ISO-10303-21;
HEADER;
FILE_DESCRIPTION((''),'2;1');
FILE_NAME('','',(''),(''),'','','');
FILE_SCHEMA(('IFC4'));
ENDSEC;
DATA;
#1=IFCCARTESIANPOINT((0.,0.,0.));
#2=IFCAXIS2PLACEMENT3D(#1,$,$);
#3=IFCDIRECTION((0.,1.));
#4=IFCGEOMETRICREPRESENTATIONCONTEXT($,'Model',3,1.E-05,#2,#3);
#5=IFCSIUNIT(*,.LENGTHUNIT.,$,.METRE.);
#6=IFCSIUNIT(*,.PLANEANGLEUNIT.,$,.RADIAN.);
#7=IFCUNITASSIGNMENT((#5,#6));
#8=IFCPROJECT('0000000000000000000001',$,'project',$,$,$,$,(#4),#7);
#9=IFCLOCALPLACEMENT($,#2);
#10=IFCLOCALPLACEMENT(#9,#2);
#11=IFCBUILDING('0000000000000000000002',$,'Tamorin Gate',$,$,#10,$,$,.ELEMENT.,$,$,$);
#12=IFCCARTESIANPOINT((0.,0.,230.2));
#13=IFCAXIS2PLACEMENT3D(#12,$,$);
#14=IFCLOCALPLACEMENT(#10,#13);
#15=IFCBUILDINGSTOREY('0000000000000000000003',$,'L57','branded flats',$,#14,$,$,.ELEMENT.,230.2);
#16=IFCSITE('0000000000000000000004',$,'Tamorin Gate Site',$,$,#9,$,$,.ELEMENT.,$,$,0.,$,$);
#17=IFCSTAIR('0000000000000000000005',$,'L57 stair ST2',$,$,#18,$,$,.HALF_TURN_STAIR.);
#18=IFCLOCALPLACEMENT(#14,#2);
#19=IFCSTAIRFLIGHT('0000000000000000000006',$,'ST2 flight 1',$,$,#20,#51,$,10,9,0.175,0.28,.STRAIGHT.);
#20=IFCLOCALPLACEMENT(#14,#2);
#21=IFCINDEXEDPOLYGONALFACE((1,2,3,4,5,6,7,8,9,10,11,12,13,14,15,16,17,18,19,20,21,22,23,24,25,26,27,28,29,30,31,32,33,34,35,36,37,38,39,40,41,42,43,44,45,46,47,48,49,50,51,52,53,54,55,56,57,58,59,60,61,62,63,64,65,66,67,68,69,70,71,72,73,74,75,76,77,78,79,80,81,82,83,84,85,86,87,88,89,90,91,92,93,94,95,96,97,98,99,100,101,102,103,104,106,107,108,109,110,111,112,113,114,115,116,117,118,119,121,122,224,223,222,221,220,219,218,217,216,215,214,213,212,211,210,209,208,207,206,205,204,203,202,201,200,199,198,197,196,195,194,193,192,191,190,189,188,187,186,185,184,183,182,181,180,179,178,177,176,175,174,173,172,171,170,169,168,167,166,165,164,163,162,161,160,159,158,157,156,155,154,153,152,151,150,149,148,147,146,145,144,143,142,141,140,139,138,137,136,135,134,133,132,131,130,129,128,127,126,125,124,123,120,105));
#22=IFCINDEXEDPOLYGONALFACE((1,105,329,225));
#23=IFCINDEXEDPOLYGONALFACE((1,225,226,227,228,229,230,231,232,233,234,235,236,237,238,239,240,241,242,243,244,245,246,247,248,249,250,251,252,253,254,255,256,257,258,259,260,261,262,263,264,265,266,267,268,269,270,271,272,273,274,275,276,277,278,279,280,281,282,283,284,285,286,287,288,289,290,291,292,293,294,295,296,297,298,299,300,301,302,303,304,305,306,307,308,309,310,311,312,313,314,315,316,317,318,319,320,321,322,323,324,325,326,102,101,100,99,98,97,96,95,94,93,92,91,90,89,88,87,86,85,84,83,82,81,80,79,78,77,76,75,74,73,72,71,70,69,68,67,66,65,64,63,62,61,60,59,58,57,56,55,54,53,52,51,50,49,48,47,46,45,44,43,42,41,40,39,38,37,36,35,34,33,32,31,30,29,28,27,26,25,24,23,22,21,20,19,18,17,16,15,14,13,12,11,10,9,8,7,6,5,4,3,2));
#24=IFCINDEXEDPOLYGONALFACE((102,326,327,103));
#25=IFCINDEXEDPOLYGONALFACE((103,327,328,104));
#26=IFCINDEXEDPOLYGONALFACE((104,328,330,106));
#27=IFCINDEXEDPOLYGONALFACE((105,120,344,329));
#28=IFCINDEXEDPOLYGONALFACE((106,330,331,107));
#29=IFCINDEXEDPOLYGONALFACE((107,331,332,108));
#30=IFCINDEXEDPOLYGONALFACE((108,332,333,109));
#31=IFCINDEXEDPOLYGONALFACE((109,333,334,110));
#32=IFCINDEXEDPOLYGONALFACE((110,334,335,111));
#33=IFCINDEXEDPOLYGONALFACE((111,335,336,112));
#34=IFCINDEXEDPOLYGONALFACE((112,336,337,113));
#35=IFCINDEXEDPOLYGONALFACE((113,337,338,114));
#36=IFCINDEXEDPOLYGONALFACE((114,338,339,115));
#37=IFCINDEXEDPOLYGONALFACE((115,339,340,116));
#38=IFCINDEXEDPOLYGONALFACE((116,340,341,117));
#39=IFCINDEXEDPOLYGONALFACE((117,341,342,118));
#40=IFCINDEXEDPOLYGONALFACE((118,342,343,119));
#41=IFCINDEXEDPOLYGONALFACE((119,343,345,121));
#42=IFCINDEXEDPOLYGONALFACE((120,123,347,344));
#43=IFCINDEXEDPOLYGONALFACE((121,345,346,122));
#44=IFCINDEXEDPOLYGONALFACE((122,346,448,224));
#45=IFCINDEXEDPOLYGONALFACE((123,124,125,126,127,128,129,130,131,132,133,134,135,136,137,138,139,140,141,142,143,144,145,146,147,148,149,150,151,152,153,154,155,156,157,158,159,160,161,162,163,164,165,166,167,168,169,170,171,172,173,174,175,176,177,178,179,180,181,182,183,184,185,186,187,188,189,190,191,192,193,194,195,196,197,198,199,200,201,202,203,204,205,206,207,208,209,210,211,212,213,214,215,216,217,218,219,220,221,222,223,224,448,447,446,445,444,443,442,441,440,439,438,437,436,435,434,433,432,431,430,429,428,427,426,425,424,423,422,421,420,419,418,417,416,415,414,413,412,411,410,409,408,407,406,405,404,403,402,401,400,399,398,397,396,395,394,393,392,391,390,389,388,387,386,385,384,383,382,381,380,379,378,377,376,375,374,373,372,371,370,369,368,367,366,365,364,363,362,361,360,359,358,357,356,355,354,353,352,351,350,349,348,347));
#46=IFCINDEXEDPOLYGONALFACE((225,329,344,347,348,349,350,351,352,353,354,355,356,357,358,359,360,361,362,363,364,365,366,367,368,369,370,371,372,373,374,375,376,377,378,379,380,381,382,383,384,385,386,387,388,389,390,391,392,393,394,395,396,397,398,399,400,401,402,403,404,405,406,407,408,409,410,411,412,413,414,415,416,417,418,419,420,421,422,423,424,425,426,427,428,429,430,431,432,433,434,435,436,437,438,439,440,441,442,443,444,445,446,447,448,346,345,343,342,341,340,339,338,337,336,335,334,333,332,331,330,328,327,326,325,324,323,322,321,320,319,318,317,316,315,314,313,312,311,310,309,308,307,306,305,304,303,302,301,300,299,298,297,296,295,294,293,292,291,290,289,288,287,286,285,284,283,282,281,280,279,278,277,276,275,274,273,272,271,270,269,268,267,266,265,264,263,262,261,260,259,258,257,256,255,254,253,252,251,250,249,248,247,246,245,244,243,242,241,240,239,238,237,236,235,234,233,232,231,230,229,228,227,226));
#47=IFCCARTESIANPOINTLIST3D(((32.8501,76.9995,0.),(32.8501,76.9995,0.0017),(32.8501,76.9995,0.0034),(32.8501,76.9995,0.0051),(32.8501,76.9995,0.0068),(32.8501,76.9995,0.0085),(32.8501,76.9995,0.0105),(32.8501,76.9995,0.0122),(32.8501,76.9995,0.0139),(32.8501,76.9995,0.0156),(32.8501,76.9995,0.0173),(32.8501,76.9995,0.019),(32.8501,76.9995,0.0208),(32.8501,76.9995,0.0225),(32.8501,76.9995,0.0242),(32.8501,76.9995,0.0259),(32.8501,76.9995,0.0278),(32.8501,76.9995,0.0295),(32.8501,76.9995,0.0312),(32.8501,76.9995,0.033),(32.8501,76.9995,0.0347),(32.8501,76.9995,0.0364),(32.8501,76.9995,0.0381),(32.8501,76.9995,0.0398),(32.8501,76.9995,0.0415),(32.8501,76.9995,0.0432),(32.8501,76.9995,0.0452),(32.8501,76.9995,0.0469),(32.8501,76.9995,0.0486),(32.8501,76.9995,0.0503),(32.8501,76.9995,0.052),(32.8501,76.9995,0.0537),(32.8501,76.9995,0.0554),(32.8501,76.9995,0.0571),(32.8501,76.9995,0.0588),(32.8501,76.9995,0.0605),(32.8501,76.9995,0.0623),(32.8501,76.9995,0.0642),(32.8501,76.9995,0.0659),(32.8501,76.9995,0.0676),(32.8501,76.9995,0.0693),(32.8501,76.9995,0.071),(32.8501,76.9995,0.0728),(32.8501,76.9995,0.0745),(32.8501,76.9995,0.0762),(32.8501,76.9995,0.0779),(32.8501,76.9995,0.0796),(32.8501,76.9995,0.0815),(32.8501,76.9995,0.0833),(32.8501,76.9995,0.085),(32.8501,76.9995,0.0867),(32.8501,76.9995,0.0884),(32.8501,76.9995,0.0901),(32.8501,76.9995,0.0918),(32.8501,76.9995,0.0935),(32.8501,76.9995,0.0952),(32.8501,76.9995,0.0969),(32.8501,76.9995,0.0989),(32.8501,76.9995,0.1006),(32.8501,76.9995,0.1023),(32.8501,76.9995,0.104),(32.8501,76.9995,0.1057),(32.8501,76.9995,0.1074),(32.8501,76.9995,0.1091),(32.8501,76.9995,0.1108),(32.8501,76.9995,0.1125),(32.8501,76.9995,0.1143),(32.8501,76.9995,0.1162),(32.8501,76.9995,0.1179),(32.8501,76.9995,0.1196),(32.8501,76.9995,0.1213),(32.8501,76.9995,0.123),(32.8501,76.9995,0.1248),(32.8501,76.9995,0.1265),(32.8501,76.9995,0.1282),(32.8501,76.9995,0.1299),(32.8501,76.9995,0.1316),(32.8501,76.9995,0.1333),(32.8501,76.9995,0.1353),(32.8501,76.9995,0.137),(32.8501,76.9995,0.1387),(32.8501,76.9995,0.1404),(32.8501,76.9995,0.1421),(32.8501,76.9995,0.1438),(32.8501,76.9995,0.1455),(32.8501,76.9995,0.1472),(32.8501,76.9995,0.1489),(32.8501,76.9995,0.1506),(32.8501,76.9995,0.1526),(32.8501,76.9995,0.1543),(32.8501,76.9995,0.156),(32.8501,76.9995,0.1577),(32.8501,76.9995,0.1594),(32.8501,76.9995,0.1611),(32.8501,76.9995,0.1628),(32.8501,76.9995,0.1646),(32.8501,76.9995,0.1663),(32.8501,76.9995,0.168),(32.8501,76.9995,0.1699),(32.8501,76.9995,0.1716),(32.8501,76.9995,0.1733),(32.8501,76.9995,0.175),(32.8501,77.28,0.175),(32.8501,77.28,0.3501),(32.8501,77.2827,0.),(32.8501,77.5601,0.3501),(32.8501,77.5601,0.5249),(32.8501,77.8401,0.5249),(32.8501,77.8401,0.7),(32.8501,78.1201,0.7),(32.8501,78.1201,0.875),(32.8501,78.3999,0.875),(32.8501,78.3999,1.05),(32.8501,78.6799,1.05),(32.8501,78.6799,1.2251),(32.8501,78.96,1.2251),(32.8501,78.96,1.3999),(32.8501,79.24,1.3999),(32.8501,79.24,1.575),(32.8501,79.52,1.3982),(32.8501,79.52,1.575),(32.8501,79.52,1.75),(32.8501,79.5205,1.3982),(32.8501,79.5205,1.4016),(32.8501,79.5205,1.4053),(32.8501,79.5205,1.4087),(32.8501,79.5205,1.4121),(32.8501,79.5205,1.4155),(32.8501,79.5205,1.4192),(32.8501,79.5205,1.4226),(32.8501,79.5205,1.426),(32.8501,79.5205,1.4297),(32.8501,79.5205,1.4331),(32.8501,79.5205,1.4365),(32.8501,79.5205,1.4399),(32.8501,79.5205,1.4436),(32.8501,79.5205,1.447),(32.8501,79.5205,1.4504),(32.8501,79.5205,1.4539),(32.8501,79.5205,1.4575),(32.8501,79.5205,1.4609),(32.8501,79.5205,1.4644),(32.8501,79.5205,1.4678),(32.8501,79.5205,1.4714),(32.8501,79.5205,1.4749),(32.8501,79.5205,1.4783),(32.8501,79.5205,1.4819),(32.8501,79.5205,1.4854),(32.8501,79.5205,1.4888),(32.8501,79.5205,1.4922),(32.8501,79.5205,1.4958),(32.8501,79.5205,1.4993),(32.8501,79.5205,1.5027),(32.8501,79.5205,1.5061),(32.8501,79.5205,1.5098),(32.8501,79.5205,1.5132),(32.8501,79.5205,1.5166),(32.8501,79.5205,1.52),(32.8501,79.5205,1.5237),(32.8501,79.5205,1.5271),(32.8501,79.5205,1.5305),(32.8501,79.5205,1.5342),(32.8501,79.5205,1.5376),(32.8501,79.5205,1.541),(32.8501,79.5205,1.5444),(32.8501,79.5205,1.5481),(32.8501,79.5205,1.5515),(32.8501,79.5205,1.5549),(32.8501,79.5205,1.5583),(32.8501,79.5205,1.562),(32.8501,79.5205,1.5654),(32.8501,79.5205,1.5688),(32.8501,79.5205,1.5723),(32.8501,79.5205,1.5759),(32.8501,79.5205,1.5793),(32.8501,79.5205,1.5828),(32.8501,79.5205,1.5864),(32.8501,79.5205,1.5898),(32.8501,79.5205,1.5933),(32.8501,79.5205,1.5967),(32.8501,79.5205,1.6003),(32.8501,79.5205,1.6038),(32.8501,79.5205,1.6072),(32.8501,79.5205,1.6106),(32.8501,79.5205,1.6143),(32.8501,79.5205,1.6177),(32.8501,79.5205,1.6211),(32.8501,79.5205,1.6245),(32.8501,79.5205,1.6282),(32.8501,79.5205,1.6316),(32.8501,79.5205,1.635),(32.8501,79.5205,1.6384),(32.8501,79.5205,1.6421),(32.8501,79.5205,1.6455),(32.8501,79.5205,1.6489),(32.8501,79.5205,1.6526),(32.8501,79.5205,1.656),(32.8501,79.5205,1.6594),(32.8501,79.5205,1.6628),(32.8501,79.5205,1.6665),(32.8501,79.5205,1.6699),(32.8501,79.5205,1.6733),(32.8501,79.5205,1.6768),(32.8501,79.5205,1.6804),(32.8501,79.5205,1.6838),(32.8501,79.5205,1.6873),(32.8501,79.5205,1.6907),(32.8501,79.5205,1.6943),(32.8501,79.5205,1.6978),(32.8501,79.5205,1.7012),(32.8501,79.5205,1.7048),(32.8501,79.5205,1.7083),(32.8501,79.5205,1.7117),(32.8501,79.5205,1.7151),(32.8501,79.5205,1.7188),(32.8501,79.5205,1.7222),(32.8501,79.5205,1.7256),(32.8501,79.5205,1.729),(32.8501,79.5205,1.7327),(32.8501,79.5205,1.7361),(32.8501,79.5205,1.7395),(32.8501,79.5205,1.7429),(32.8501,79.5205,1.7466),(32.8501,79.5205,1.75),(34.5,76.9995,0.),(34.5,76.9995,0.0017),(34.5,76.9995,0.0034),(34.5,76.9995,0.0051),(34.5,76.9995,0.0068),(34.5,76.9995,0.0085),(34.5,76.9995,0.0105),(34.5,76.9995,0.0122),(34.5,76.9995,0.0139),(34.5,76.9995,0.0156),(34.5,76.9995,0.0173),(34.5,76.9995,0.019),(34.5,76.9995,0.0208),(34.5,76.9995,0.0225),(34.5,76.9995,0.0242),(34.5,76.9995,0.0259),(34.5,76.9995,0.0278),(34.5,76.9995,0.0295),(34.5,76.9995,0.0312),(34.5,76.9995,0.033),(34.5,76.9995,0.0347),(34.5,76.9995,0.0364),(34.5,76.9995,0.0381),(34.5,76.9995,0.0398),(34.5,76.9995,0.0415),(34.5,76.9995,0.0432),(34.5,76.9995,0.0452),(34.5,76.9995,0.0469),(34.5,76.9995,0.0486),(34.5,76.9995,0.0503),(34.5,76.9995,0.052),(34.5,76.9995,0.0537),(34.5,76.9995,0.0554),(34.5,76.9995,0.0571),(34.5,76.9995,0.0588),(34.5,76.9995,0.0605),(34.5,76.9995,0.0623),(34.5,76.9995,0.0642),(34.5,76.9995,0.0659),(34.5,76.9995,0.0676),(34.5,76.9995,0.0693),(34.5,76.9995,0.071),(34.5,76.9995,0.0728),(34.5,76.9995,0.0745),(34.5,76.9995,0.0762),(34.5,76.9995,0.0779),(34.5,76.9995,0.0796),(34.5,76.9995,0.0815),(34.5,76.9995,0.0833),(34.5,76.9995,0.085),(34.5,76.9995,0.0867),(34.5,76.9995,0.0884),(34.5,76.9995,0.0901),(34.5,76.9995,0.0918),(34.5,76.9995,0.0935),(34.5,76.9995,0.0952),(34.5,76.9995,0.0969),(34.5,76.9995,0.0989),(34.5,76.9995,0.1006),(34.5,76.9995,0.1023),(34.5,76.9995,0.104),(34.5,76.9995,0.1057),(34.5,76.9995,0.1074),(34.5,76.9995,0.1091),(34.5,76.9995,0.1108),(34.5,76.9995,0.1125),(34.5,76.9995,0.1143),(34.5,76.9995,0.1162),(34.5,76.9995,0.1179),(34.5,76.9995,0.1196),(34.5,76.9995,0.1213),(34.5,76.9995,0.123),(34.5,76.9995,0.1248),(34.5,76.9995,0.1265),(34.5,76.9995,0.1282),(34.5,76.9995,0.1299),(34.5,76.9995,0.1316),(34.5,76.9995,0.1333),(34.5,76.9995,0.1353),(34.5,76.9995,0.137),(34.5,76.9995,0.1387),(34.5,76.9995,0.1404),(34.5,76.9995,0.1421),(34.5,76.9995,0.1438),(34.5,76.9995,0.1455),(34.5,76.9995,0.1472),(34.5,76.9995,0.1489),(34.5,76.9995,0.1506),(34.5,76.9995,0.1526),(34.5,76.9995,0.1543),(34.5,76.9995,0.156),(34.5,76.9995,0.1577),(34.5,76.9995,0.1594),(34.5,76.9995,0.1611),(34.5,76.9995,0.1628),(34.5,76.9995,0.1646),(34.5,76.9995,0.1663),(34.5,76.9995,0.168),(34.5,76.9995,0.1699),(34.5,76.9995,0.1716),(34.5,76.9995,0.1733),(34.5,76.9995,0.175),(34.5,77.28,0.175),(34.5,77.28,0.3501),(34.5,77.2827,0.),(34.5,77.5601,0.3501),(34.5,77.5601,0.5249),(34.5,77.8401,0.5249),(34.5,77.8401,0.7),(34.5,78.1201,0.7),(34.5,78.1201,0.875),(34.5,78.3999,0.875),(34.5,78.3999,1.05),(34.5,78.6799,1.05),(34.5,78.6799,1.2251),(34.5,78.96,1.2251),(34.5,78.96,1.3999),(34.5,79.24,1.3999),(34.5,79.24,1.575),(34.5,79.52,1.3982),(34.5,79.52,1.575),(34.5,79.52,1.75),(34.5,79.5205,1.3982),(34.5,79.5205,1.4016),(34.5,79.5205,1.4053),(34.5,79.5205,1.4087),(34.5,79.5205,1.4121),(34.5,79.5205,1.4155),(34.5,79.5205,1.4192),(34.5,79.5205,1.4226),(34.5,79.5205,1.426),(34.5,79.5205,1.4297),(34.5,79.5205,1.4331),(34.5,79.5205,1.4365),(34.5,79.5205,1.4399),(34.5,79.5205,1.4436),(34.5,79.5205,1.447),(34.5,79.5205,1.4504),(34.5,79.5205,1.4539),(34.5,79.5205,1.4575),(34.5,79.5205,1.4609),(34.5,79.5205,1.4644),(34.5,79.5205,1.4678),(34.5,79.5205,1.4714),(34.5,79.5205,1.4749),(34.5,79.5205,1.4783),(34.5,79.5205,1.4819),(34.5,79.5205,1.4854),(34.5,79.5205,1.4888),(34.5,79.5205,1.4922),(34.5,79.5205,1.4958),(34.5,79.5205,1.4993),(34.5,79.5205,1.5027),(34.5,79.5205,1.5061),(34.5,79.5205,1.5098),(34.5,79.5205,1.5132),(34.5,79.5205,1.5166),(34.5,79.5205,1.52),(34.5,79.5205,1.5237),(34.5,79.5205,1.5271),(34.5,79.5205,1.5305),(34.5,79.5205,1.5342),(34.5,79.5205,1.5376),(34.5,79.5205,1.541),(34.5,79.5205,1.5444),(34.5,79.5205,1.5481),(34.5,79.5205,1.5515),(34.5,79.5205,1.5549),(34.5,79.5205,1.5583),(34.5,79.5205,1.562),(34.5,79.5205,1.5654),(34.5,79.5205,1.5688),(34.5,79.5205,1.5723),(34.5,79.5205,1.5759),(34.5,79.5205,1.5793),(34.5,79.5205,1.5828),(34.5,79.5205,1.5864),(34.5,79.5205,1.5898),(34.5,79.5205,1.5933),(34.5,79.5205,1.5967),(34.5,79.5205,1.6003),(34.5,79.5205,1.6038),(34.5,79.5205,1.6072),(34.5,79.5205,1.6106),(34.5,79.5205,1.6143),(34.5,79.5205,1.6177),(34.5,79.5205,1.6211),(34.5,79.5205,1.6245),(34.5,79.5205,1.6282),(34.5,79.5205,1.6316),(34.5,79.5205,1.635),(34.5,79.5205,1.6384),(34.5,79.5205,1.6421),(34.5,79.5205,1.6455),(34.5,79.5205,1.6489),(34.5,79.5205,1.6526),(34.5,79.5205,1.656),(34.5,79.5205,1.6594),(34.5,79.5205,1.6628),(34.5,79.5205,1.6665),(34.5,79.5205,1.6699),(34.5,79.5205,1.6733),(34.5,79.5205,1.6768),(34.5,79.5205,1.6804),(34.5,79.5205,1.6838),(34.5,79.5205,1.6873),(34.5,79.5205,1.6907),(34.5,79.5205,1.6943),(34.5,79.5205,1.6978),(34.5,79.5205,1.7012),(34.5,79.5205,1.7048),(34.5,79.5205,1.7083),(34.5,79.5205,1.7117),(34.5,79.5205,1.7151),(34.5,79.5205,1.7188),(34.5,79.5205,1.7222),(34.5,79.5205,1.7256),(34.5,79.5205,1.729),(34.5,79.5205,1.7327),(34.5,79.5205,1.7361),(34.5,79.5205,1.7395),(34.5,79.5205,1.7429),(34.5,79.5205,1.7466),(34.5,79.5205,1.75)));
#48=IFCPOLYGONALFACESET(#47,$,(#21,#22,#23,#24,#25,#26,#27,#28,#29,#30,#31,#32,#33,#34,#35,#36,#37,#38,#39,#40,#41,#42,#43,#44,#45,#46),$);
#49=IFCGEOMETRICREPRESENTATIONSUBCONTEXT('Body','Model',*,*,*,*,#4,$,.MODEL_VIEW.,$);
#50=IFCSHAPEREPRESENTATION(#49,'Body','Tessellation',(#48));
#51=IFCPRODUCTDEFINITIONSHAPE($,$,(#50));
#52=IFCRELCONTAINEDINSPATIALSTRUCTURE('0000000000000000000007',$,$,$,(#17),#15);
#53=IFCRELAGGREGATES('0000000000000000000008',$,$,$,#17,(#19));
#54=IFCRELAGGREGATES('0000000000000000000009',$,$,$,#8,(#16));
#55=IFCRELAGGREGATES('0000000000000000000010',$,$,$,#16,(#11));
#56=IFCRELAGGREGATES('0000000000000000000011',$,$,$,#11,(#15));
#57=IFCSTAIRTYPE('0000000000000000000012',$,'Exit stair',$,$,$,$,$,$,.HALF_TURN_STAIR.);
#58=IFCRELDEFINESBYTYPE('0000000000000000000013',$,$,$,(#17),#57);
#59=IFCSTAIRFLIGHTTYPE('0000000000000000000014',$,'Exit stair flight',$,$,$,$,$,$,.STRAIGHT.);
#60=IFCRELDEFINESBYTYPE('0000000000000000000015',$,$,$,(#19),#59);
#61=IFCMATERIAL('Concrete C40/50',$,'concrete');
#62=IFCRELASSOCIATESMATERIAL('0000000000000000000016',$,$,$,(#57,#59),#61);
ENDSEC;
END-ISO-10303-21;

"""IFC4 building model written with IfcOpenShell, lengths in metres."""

from ifc_helpers import new_model, si_unit, direction, frame, origin, place, context, subcontext, project, spatial, polyline, outline, extrude, material, type_object, element, aggregate, save


model = new_model("IFC4")

# Units and contexts
model_context = context("Model", 3, precision=1e-05, world=origin(), true_north=direction((0.0, 1.0)))
body_context = subcontext(model_context, "Body", "Model", "MODEL_VIEW")
ifc_project = project(units=[si_unit("LENGTHUNIT", "METRE"), si_unit("PLANEANGLEUNIT", "RADIAN")], contexts=[model_context])

# Site, building, storey
site_placement = place(None, origin())
site = spatial("IfcSite", under=ifc_project, at=site_placement, Name="Tamorin Gate Site", CompositionType="ELEMENT", RefElevation=0.0)
building_placement = place(site_placement, origin())
building = spatial("IfcBuilding", under=site, at=building_placement, Name="Tamorin Gate", CompositionType="ELEMENT")
storey_placement = place(building_placement, frame((0.0, 0.0, 230.2)))
storey = spatial("IfcBuildingStorey", under=building, at=storey_placement, Name="L57", Description="branded flats", CompositionType="ELEMENT", Elevation=230.2)

# Shared definitions
ifc_material_1 = material(Name="Concrete C40/50", Category="concrete")

# Shared definitions
stair_type = type_object("IfcStairType", Name="Exit stair", PredefinedType="HALF_TURN_STAIR", material=ifc_material_1)
stair_flight_type = type_object("IfcStairFlightType", Name="Exit stair flight", PredefinedType="STRAIGHT", material=ifc_material_1)

# Stair, stair flight
stair_1_placement = place(storey_placement, origin())
stair_1 = element("IfcStair", 1, at=stair_1_placement, inside=storey, type_object=stair_type, Name="L57 stair ST2", PredefinedType="HALF_TURN_STAIR")
stair_flight_1_placement = place(storey_placement, frame((33.675, 77.0, 0.0), z_axis=(0.0, 0.0, 1.0), x_axis=(0.0, 1.0, 0.0)))
stair_flight_1 = element("IfcStairFlight", 2, at=stair_flight_1_placement, type_object=stair_flight_type, Name="ST2 flight 1", NumberOfRisers=10, NumberOfTreads=9, PredefinedType="STRAIGHT", RiserHeight=0.175, TreadLength=0.28, context=body_context, shape_type="SweptSolid", body=[
    extrude(outline(polyline([(-0.0005, 0.0), (-0.0005, 0.0017), (-0.0005, 0.0034), (-0.0005, 0.0051), (-0.0005, 0.0068), (-0.0005, 0.0085), (-0.0005, 0.0105), (-0.0005, 0.0122), (-0.0005, 0.0139), (-0.0005, 0.0156), (-0.0005, 0.0173), (-0.0005, 0.019), (-0.0005, 0.0208), (-0.0005, 0.0225), (-0.0005, 0.0242), (-0.0005, 0.0259), (-0.0005, 0.0278), (-0.0005, 0.0295), (-0.0005, 0.0312), (-0.0005, 0.033), (-0.0005, 0.0347), (-0.0005, 0.0364), (-0.0005, 0.0381), (-0.0005, 0.0398), (-0.0005, 0.0415), (-0.0005, 0.0432), (-0.0005, 0.0452), (-0.0005, 0.0469), (-0.0005, 0.0486), (-0.0005, 0.0503), (-0.0005, 0.052), (-0.0005, 0.0537), (-0.0005, 0.0554), (-0.0005, 0.0571), (-0.0005, 0.0588), (-0.0005, 0.0605), (-0.0005, 0.0623), (-0.0005, 0.0642), (-0.0005, 0.0659), (-0.0005, 0.0676), (-0.0005, 0.0693), (-0.0005, 0.071), (-0.0005, 0.0728), (-0.0005, 0.0745), (-0.0005, 0.0762), (-0.0005, 0.0779), (-0.0005, 0.0796), (-0.0005, 0.0815), (-0.0005, 0.0833), (-0.0005, 0.085), (-0.0005, 0.0867), (-0.0005, 0.0884), (-0.0005, 0.0901), (-0.0005, 0.0918), (-0.0005, 0.0935), (-0.0005, 0.0952), (-0.0005, 0.0969), (-0.0005, 0.0989), (-0.0005, 0.1006), (-0.0005, 0.1023), (-0.0005, 0.104), (-0.0005, 0.1057), (-0.0005, 0.1074), (-0.0005, 0.1091), (-0.0005, 0.1108), (-0.0005, 0.1125), (-0.0005, 0.1143), (-0.0005, 0.1162), (-0.0005, 0.1179), (-0.0005, 0.1196), (-0.0005, 0.1213), (-0.0005, 0.123), (-0.0005, 0.1248), (-0.0005, 0.1265), (-0.0005, 0.1282), (-0.0005, 0.1299), (-0.0005, 0.1316), (-0.0005, 0.1333), (-0.0005, 0.1353), (-0.0005, 0.137), (-0.0005, 0.1387), (-0.0005, 0.1404), (-0.0005, 0.1421), (-0.0005, 0.1438), (-0.0005, 0.1455), (-0.0005, 0.1472), (-0.0005, 0.1489), (-0.0005, 0.1506), (-0.0005, 0.1526), (-0.0005, 0.1543), (-0.0005, 0.156), (-0.0005, 0.1577), (-0.0005, 0.1594), (-0.0005, 0.1611), (-0.0005, 0.1628), (-0.0005, 0.1646), (-0.0005, 0.1663), (-0.0005, 0.168), (-0.0005, 0.1699), (-0.0005, 0.1716), (-0.0005, 0.1733), (-0.0005, 0.175), (0.28, 0.175), (0.28, 0.3501), (0.5601, 0.3501), (0.5601, 0.5249), (0.8401, 0.5249), (0.8401, 0.7), (1.1201, 0.7), (1.1201, 0.875), (1.3999, 0.875), (1.3999, 1.05), (1.6799, 1.05), (1.6799, 1.2251), (1.96, 1.2251), (1.96, 1.3999), (2.24, 1.3999), (2.24, 1.575), (2.52, 1.575), (2.52, 1.75), (2.5205, 1.75), (2.5205, 1.7466), (2.5205, 1.7429), (2.5205, 1.7395), (2.5205, 1.7361), (2.5205, 1.7327), (2.5205, 1.729), (2.5205, 1.7256), (2.5205, 1.7222), (2.5205, 1.7188), (2.5205, 1.7151), (2.5205, 1.7117), (2.5205, 1.7083), (2.5205, 1.7048), (2.5205, 1.7012), (2.5205, 1.6978), (2.5205, 1.6943), (2.5205, 1.6907), (2.5205, 1.6873), (2.5205, 1.6838), (2.5205, 1.6804), (2.5205, 1.6768), (2.5205, 1.6733), (2.5205, 1.6699), (2.5205, 1.6665), (2.5205, 1.6628), (2.5205, 1.6594), (2.5205, 1.656), (2.5205, 1.6526), (2.5205, 1.6489), (2.5205, 1.6455), (2.5205, 1.6421), (2.5205, 1.6384), (2.5205, 1.635), (2.5205, 1.6316), (2.5205, 1.6282), (2.5205, 1.6245), (2.5205, 1.6211), (2.5205, 1.6177), (2.5205, 1.6143), (2.5205, 1.6106), (2.5205, 1.6072), (2.5205, 1.6038), (2.5205, 1.6003), (2.5205, 1.5967), (2.5205, 1.5933), (2.5205, 1.5898), (2.5205, 1.5864), (2.5205, 1.5828), (2.5205, 1.5793), (2.5205, 1.5759), (2.5205, 1.5723), (2.5205, 1.5688), (2.5205, 1.5654), (2.5205, 1.562), (2.5205, 1.5583), (2.5205, 1.5549), (2.5205, 1.5515), (2.5205, 1.5481), (2.5205, 1.5444), (2.5205, 1.541), (2.5205, 1.5376), (2.5205, 1.5342), (2.5205, 1.5305), (2.5205, 1.5271), (2.5205, 1.5237), (2.5205, 1.52), (2.5205, 1.5166), (2.5205, 1.5132), (2.5205, 1.5098), (2.5205, 1.5061), (2.5205, 1.5027), (2.5205, 1.4993), (2.5205, 1.4958), (2.5205, 1.4922), (2.5205, 1.4888), (2.5205, 1.4854), (2.5205, 1.4819), (2.5205, 1.4783), (2.5205, 1.4749), (2.5205, 1.4714), (2.5205, 1.4678), (2.5205, 1.4644), (2.5205, 1.4609), (2.5205, 1.4575), (2.5205, 1.4539), (2.5205, 1.4504), (2.5205, 1.447), (2.5205, 1.4436), (2.5205, 1.4399), (2.5205, 1.4365), (2.5205, 1.4331), (2.5205, 1.4297), (2.5205, 1.426), (2.5205, 1.4226), (2.5205, 1.4192), (2.5205, 1.4155), (2.5205, 1.4121), (2.5205, 1.4087), (2.5205, 1.4053), (2.5205, 1.4016), (2.5205, 1.3982), (2.52, 1.3982), (0.2827, 0.0), (-0.0005, 0.0)])), frame((0.0, 0.825, 0.0), z_axis=(0.0, -1.0, 0.0), x_axis=(1.0, 0.0, 0.0)), (0.0, 0.0, 1.0), 1.6499),
])
aggregate(stair_1, [stair_flight_1])

save(model, "model.ifc")
